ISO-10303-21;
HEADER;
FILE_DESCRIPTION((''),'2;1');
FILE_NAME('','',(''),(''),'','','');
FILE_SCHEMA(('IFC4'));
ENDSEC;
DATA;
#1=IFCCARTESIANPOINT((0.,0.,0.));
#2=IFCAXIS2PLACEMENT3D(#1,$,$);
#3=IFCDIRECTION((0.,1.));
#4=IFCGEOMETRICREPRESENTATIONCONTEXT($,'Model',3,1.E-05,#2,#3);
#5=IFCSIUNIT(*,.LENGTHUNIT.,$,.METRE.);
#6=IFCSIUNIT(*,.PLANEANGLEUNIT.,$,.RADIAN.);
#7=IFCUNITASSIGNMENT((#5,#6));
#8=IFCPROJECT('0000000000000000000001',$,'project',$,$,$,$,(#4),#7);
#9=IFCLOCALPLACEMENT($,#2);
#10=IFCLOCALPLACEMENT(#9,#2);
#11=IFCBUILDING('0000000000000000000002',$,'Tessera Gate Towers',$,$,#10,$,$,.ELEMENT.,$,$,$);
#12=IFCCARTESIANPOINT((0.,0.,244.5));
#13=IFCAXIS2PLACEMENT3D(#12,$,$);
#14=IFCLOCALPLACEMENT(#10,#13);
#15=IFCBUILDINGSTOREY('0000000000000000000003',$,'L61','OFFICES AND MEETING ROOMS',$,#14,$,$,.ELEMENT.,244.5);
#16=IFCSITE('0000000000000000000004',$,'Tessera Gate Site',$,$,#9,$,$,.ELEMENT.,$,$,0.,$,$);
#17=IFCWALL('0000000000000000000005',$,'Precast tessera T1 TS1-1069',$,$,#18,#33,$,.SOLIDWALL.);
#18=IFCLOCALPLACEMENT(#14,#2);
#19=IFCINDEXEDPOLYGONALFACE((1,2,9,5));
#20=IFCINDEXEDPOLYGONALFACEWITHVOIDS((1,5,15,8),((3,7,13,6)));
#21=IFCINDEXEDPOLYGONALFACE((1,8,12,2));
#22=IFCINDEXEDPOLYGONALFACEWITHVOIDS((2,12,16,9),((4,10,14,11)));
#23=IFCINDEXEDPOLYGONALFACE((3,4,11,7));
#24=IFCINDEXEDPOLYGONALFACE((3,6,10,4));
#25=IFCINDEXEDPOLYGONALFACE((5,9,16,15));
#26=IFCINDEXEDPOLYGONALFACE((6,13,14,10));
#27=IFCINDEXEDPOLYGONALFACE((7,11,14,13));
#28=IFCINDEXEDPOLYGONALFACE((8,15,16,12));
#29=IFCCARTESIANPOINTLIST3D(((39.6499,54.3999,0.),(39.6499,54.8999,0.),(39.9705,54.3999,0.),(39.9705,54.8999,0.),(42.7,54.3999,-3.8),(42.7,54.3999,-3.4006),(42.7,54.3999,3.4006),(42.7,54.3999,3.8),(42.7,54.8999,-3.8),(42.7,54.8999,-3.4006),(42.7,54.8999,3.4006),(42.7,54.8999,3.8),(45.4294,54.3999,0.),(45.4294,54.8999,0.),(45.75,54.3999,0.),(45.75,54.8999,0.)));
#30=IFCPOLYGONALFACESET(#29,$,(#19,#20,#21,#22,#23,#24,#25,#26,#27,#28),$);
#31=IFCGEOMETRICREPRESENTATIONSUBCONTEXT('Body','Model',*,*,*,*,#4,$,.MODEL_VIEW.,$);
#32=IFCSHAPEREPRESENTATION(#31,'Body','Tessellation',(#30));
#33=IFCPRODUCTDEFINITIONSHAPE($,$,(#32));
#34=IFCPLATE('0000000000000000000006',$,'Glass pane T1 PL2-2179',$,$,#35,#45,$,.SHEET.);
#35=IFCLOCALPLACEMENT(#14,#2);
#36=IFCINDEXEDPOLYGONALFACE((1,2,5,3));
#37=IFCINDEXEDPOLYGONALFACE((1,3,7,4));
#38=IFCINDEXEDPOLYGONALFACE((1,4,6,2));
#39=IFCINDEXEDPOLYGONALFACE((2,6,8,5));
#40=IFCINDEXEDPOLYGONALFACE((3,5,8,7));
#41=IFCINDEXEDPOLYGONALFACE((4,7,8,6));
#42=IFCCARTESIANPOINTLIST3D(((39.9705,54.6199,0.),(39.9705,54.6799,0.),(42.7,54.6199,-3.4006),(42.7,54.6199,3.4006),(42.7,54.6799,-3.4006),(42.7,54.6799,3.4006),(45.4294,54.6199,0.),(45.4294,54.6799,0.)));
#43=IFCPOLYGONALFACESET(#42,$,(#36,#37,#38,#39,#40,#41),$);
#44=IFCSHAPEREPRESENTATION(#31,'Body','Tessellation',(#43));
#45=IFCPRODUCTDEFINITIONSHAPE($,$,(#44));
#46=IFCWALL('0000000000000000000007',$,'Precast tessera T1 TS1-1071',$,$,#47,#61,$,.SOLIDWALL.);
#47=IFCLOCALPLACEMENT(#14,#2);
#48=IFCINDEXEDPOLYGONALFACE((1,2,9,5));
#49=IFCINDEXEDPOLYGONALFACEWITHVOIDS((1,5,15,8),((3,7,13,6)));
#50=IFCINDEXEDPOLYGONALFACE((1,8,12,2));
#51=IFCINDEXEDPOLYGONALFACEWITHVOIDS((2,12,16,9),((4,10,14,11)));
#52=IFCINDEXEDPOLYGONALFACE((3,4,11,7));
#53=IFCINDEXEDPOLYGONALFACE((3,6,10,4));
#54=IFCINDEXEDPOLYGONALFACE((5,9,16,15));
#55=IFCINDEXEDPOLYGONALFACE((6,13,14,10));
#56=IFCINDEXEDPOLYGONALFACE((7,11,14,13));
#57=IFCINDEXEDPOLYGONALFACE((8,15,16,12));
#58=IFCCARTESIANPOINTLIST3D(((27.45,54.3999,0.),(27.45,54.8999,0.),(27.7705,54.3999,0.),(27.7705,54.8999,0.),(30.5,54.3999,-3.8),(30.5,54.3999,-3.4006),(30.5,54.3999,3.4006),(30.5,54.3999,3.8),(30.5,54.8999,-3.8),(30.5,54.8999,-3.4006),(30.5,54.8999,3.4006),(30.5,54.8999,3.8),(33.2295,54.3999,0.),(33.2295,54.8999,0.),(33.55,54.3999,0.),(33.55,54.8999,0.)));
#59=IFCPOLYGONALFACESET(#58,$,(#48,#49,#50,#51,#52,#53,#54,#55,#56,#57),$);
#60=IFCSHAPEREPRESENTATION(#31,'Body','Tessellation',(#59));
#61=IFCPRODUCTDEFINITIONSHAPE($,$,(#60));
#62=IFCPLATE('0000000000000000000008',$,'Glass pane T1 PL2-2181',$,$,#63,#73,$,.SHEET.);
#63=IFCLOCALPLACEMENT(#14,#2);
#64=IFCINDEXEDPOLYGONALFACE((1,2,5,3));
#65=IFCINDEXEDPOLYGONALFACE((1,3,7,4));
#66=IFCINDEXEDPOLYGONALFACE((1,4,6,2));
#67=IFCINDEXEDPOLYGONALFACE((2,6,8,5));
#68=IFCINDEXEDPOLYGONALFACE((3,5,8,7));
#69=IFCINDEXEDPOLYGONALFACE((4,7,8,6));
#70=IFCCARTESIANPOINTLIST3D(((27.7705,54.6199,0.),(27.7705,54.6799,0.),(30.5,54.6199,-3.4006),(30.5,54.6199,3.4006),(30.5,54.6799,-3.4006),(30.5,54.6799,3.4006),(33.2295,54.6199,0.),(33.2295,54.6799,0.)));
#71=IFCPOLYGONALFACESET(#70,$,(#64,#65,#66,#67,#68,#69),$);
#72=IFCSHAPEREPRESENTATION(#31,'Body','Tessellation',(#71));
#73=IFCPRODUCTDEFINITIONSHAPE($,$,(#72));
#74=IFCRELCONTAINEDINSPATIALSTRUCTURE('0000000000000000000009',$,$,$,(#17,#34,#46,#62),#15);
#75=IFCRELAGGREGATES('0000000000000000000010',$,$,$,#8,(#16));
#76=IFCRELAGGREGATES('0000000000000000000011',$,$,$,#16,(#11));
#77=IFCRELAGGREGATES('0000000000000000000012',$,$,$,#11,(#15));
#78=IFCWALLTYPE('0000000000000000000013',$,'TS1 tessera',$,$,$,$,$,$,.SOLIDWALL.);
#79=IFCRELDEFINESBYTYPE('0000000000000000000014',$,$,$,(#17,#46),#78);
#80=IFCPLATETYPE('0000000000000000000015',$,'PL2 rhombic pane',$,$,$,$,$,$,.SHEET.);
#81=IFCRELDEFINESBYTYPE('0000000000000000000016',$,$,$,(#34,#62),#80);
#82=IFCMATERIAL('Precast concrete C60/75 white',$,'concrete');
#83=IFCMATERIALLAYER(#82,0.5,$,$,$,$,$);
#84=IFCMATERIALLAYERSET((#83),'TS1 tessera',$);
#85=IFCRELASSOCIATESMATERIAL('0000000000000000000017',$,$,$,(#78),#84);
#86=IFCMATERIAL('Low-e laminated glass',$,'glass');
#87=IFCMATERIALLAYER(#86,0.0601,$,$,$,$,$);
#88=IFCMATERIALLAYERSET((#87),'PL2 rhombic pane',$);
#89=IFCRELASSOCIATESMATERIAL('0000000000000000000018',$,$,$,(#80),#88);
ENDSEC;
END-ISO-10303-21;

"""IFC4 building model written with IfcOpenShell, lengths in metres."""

from ifc_helpers import new_model, si_unit, direction, frame, origin, place, context, subcontext, project, spatial, polyline, outline, extrude, source, transform, mapped, material, layer, layer_set, type_object, element, fill, save


model = new_model("IFC4")

# Units and contexts
model_context = context("Model", 3, precision=1e-05, world=origin(), true_north=direction((0.0, 1.0)))
body_context = subcontext(model_context, "Body", "Model", "MODEL_VIEW")
ifc_project = project(units=[si_unit("LENGTHUNIT", "METRE"), si_unit("PLANEANGLEUNIT", "RADIAN")], contexts=[model_context])

# Site, building, storey
site_placement = place(None, origin())
site = spatial("IfcSite", under=ifc_project, at=site_placement, Name="Tessera Gate Site", CompositionType="ELEMENT", RefElevation=0.0)
building_placement = place(site_placement, origin())
building = spatial("IfcBuilding", under=site, at=building_placement, Name="Tessera Gate Towers", CompositionType="ELEMENT")
storey_placement = place(building_placement, frame((0.0, 0.0, 244.5)))
storey = spatial("IfcBuildingStorey", under=building, at=storey_placement, Name="L61", Description="OFFICES AND MEETING ROOMS", CompositionType="ELEMENT", Elevation=244.5)

# Walls, openings, plates
ifc_material_1 = material(Name="Precast concrete C60/75 white", Category="concrete")
ifc_layer_1 = layer(ifc_material_1, 0.5)
ifc_layer_set_1 = layer_set([ifc_layer_1], Name="TS1 tessera")
wall_type_1 = type_object("IfcWallType", Name="TS1 tessera", PredefinedType="SOLIDWALL", material=ifc_layer_set_1)
shared_shape_1 = source(origin(), body_context, "Body", "SweptSolid", [
    extrude(outline(polyline([(3.05, 0.0), (6.1001, 3.8), (3.05, 7.6001), (0.0, 3.8), (3.05, 0.0)])), frame((0.0, 0.25, 0.0), z_axis=(0.0, -1.0, 0.0), x_axis=(1.0, 0.0, 0.0)), (0.0, 0.0, 1.0), 0.5),
])
wall_1_placement = place(storey_placement, frame((45.75, 54.6499, -3.8), z_axis=(0.0, 0.0, 1.0), x_axis=(-1.0, 0.0, 0.0)))
wall_1 = element("IfcWall", 1, at=wall_1_placement, inside=storey, type_object=wall_type_1, Name="Precast tessera T1 TS1-1069", PredefinedType="SOLIDWALL", context=body_context, shape_type="MappedRepresentation", body=[
    mapped(shared_shape_1, transform((0.0, 0.0, 0.0), scale=1.0)),
])
shared_shape_2 = source(origin(), body_context, "Body", "SweptSolid", [
    extrude(outline(polyline([(3.05, 0.3994), (5.7795, 3.8), (3.05, 7.2007), (0.3206, 3.8), (3.05, 0.3994)])), frame((0.0, 0.26, 0.0), z_axis=(0.0, -1.0, 0.0), x_axis=(1.0, 0.0, 0.0)), (0.0, 0.0, 1.0), 0.52),
])
opening_1_placement = place(wall_1_placement, origin())
opening_1 = element("IfcOpeningElement", 2, at=opening_1_placement, cuts=wall_1, PredefinedType="OPENING", context=body_context, shape_type="MappedRepresentation", body=[
    mapped(shared_shape_2, transform((0.0, 0.0, 0.0), scale=1.0)),
])
ifc_material_2 = material(Name="Low-e laminated glass", Category="glass")
ifc_layer_2 = layer(ifc_material_2, 0.0601)
ifc_layer_set_2 = layer_set([ifc_layer_2], Name="PL2 rhombic pane")
plate_type = type_object("IfcPlateType", Name="PL2 rhombic pane", PredefinedType="SHEET", material=ifc_layer_set_2)
shared_shape_3 = source(origin(), body_context, "Body", "SweptSolid", [
    extrude(outline(polyline([(3.05, 0.3994), (5.7795, 3.8), (3.05, 7.2007), (0.3206, 3.8), (3.05, 0.3994)])), frame((0.0, 0.03, 0.0), z_axis=(0.0, -1.0, 0.0), x_axis=(1.0, 0.0, 0.0)), (0.0, 0.0, 1.0), 0.0601),
])
plate_1_placement = place(opening_1_placement, origin())
plate_1 = element("IfcPlate", 3, at=plate_1_placement, inside=storey, type_object=plate_type, Name="Glass pane T1 PL2-2179", PredefinedType="SHEET", context=body_context, shape_type="MappedRepresentation", body=[
    mapped(shared_shape_3, transform((0.0, 0.0, 0.0), scale=1.0)),
])
fill(opening_1, plate_1)
wall_2_placement = place(storey_placement, frame((33.55, 54.6499, -3.8), z_axis=(0.0, 0.0, 1.0), x_axis=(-1.0, 0.0, 0.0)))
wall_2 = element("IfcWall", 4, at=wall_2_placement, inside=storey, type_object=wall_type_1, Name="Precast tessera T1 TS1-1071", PredefinedType="SOLIDWALL", context=body_context, shape_type="MappedRepresentation", body=[
    mapped(shared_shape_1, transform((0.0, 0.0, 0.0), scale=1.0)),
])
opening_2_placement = place(wall_2_placement, origin())
opening_2 = element("IfcOpeningElement", 5, at=opening_2_placement, cuts=wall_2, PredefinedType="OPENING", context=body_context, shape_type="MappedRepresentation", body=[
    mapped(shared_shape_2, transform((0.0, 0.0, 0.0), scale=1.0)),
])
plate_2_placement = place(opening_2_placement, origin())
plate_2 = element("IfcPlate", 6, at=plate_2_placement, inside=storey, type_object=plate_type, Name="Glass pane T1 PL2-2181", PredefinedType="SHEET", context=body_context, shape_type="MappedRepresentation", body=[
    mapped(shared_shape_3, transform((0.0, 0.0, 0.0), scale=1.0)),
])
fill(opening_2, plate_2)

save(model, "model.ifc")
